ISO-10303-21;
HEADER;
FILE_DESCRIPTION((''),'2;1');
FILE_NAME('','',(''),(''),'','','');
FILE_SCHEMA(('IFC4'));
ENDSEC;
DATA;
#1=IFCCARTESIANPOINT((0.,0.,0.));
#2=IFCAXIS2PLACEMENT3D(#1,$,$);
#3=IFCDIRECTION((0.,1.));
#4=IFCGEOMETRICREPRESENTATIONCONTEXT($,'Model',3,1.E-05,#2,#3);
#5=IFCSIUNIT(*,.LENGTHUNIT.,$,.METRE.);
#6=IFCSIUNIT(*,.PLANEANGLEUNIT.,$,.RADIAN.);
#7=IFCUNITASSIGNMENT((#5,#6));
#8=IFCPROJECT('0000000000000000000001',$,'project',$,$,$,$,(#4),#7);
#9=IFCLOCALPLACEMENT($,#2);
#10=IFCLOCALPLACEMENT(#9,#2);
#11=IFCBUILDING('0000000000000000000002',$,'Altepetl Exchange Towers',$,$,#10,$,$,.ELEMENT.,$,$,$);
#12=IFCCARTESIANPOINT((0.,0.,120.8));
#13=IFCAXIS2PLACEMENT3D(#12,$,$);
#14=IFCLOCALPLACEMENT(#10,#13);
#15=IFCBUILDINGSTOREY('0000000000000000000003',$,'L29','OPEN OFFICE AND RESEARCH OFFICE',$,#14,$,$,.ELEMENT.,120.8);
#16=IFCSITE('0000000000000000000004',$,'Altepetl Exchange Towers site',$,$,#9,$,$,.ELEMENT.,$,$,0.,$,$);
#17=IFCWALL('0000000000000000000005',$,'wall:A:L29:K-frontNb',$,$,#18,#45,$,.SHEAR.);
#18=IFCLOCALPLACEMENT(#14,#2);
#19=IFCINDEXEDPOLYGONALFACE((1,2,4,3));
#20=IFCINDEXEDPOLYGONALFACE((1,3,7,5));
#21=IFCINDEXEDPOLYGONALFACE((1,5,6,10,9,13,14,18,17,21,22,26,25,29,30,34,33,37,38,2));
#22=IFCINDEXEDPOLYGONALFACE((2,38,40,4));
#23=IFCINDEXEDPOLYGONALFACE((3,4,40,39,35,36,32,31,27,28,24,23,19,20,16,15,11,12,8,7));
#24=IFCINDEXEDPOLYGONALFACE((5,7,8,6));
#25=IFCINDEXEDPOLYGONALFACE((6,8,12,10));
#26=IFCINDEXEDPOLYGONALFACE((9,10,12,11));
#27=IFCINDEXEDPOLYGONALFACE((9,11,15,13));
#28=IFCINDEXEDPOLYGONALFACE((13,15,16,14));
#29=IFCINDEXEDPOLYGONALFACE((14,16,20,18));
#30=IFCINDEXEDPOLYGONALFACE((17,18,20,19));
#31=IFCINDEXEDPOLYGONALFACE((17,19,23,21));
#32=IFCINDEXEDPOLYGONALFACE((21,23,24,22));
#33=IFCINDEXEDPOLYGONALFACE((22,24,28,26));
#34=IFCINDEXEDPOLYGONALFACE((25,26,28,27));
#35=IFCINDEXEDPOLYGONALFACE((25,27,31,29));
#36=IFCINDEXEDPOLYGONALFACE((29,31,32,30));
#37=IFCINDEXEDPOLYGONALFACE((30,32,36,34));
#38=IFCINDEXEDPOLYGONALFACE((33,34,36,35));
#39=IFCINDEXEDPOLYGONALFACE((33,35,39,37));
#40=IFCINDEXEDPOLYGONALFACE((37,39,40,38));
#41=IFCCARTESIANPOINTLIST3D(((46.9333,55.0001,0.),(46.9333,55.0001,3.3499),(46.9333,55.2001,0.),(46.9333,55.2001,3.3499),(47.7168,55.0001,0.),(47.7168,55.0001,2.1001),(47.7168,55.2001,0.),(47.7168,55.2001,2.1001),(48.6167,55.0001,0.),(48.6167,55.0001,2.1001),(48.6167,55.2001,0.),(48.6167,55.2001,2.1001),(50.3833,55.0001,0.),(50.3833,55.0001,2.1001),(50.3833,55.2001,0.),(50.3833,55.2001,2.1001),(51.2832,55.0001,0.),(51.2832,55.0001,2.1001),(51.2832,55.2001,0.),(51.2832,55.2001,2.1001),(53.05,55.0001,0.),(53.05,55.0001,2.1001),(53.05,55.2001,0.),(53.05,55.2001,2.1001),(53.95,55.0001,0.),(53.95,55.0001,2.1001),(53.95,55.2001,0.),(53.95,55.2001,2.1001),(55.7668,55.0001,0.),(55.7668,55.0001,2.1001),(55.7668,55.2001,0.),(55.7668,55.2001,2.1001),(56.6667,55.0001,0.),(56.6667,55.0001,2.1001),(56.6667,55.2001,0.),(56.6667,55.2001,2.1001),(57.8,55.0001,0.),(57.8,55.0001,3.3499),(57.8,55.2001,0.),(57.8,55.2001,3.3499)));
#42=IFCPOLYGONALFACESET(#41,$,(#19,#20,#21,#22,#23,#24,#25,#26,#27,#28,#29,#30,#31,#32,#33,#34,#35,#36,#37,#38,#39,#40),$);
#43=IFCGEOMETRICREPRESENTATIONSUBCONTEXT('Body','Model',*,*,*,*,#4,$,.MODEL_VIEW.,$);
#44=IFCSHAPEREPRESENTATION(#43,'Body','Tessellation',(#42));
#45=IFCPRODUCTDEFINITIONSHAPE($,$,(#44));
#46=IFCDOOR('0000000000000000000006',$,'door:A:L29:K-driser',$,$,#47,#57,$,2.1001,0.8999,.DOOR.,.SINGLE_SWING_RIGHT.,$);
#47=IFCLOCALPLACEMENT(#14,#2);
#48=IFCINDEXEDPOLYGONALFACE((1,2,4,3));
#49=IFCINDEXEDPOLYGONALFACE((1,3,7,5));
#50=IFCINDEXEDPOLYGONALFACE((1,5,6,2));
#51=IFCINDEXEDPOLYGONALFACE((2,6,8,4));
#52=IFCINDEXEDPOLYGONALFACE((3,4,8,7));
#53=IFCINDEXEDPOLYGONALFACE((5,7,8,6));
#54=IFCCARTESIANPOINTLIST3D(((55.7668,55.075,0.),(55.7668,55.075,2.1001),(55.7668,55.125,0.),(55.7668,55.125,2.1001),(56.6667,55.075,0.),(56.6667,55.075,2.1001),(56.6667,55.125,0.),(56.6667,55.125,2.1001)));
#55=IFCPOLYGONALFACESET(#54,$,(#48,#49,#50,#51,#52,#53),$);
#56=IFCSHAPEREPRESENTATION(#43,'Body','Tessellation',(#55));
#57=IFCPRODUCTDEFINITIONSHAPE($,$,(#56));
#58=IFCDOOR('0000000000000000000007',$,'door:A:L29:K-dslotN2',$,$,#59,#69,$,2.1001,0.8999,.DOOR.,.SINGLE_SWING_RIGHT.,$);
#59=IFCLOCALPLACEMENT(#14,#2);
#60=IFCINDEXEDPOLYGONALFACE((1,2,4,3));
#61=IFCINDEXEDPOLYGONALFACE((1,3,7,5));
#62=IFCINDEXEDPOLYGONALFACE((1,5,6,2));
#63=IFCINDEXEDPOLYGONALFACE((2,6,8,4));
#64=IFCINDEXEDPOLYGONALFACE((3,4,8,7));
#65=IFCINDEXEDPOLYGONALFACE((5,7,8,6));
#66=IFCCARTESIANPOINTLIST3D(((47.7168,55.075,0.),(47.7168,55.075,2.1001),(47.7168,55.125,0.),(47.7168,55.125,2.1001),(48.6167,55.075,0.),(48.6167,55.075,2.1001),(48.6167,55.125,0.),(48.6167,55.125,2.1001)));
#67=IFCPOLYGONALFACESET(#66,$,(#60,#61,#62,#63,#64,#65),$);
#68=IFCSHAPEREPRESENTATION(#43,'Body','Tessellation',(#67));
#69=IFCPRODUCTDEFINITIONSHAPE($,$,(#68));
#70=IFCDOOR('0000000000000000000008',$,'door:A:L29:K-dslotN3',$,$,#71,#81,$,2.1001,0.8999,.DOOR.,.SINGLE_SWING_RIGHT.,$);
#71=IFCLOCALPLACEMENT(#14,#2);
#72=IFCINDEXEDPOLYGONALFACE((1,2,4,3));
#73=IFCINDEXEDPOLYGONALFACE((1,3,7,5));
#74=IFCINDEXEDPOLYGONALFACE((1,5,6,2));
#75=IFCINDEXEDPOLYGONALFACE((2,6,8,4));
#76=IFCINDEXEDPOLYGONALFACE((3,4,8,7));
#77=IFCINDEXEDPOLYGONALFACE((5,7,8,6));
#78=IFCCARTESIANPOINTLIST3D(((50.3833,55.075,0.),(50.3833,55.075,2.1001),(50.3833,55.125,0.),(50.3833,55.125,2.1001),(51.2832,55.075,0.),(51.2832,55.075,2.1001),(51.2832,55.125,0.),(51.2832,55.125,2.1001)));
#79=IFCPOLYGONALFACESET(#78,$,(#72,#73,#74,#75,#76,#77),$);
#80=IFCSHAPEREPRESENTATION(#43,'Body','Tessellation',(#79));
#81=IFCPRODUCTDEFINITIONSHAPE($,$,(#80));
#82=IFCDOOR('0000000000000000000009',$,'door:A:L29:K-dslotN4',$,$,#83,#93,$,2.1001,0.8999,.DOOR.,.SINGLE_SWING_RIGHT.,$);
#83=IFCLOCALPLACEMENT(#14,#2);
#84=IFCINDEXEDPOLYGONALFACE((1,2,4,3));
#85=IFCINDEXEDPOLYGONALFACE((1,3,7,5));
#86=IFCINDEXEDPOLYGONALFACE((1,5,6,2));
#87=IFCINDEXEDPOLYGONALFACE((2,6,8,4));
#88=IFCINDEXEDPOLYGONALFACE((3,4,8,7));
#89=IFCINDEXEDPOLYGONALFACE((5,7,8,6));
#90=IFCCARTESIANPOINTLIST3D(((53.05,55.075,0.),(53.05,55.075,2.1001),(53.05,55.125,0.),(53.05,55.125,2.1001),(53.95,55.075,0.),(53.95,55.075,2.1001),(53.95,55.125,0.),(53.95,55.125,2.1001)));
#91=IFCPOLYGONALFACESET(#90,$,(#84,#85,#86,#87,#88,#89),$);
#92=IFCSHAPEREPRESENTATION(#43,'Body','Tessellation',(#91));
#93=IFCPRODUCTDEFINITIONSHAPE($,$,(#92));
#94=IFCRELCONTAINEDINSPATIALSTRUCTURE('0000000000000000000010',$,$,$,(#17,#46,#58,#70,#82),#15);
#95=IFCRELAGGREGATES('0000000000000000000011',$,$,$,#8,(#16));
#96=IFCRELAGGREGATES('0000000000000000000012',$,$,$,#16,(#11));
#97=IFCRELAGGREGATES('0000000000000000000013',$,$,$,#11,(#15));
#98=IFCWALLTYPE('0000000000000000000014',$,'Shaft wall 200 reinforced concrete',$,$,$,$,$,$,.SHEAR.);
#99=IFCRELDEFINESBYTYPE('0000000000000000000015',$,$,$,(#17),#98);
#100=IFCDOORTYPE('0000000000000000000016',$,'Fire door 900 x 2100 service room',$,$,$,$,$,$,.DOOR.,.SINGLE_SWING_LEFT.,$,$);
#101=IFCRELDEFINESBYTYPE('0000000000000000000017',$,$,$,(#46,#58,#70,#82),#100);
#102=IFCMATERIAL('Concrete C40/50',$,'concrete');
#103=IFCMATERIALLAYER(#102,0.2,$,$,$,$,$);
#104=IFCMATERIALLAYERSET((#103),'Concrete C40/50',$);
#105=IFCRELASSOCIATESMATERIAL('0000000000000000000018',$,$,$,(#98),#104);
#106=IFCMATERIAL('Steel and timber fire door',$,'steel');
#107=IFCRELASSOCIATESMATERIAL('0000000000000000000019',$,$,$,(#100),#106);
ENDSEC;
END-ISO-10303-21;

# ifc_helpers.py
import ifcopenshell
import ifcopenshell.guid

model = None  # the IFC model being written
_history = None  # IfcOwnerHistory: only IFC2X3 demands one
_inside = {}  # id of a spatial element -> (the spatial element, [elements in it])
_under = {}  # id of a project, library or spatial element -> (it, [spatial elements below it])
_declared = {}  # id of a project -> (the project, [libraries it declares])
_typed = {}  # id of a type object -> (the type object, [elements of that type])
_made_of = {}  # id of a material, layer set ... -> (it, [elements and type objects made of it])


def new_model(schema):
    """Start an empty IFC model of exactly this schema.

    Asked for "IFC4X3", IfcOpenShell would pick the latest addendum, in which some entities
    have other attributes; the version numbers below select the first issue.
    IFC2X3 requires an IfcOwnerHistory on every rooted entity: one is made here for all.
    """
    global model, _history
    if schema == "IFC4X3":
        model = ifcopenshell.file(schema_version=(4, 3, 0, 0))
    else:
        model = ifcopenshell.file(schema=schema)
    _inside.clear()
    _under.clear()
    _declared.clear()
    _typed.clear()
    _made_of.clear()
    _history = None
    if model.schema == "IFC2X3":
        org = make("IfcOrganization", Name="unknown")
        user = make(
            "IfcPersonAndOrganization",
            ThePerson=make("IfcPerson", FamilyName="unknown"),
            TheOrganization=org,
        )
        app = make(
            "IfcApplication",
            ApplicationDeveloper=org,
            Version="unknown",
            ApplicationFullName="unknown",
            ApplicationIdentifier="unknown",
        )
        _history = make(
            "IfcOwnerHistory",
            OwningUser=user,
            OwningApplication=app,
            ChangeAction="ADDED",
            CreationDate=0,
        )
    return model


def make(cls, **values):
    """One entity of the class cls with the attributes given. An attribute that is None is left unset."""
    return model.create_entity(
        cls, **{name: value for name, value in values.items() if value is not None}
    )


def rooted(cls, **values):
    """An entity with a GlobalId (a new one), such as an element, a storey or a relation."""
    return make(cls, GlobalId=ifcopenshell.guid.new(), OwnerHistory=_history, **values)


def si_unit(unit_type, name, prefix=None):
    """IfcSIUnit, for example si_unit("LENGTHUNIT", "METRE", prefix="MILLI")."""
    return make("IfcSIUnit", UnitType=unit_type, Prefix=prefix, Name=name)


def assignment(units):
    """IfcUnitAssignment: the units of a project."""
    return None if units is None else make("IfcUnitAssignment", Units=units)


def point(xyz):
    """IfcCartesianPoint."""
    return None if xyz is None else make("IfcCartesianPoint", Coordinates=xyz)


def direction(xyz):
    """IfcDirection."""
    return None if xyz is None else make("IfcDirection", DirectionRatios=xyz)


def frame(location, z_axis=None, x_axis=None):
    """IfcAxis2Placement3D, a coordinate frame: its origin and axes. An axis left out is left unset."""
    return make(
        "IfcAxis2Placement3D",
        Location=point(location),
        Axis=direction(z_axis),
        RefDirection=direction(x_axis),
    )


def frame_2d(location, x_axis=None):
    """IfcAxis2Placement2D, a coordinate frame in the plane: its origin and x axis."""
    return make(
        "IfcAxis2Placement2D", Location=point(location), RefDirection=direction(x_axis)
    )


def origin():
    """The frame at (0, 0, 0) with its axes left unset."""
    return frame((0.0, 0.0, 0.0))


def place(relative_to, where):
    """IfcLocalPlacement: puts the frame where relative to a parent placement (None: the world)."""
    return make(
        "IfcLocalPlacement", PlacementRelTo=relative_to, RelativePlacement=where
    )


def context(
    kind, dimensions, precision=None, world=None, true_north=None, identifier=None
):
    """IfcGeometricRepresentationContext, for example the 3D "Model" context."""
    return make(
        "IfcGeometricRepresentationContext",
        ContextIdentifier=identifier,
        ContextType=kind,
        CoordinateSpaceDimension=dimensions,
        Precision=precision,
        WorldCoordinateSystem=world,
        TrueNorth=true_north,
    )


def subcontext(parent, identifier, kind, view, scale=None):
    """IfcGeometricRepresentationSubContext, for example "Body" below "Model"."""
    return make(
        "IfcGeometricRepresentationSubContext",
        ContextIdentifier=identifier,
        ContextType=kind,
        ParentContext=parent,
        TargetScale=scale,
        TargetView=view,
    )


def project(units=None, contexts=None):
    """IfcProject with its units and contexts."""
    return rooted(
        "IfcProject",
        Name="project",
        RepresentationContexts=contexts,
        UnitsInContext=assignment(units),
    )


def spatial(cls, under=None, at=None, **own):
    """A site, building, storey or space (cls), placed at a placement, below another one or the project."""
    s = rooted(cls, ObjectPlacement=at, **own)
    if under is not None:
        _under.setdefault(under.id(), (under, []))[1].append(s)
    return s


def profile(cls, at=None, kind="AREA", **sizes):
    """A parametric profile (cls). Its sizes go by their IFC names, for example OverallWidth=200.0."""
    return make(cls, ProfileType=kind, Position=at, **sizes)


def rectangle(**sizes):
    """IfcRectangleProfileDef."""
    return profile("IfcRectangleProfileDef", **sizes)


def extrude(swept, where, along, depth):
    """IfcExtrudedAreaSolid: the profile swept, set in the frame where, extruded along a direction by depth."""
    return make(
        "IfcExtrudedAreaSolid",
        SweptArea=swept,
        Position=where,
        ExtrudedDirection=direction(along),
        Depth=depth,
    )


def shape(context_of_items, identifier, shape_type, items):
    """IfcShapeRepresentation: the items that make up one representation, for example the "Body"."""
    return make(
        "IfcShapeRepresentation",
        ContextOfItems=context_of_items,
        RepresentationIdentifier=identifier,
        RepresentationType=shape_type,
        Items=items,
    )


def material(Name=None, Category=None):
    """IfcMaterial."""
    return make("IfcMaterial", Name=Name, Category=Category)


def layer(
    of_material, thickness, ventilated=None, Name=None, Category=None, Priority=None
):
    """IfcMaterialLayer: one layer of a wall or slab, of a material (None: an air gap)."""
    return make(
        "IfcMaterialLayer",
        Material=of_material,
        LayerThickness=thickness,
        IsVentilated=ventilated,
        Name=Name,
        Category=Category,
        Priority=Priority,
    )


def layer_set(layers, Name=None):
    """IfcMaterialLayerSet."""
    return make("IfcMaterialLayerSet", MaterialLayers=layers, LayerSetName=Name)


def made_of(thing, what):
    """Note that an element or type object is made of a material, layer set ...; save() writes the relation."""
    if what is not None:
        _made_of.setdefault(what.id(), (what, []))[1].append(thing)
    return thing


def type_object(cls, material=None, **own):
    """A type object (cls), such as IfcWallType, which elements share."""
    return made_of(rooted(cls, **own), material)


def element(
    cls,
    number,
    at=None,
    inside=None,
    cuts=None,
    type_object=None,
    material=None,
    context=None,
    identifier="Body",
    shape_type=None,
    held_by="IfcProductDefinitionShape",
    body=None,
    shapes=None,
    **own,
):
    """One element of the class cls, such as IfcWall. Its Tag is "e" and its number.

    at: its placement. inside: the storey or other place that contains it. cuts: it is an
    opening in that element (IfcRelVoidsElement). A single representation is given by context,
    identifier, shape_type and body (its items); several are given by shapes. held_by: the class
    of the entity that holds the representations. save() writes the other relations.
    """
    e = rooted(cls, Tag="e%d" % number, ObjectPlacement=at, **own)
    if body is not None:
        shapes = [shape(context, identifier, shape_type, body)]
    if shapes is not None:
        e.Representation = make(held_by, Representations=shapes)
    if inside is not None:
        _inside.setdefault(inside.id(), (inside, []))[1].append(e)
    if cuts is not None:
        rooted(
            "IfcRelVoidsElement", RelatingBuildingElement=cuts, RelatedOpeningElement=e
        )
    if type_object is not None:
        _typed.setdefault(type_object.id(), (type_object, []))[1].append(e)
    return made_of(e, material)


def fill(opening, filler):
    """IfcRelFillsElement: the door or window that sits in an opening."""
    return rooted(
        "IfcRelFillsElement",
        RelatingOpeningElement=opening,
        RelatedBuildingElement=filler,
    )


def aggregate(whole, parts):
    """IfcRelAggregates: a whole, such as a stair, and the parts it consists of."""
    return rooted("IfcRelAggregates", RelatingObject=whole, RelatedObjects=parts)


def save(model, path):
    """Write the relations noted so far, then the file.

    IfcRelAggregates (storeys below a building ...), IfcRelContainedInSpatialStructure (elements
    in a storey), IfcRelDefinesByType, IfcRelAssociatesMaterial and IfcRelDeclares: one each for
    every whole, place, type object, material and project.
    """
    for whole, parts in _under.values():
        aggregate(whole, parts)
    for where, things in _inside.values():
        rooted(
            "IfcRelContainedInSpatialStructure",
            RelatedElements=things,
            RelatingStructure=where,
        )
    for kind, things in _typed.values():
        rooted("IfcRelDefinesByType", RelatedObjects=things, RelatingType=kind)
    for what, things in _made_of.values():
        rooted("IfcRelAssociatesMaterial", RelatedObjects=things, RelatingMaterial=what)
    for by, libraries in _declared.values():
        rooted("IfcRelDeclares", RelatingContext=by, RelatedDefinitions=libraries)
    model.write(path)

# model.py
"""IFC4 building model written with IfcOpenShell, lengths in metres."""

from ifc_helpers import new_model, si_unit, direction, frame, frame_2d, origin, place, context, subcontext, project, spatial, rectangle, extrude, material, layer, layer_set, type_object, element, fill, save


model = new_model("IFC4")

# Units and contexts
model_context = context("Model", 3, precision=1e-05, world=origin(), true_north=direction((0.0, 1.0)))
body_context = subcontext(model_context, "Body", "Model", "MODEL_VIEW")
ifc_project = project(units=[si_unit("LENGTHUNIT", "METRE"), si_unit("PLANEANGLEUNIT", "RADIAN")], contexts=[model_context])

# Site, building, storey
site_placement = place(None, origin())
site = spatial("IfcSite", under=ifc_project, at=site_placement, Name="Altepetl Exchange Towers site", CompositionType="ELEMENT", RefElevation=0.0)
building_placement = place(site_placement, origin())
building = spatial("IfcBuilding", under=site, at=building_placement, Name="Altepetl Exchange Towers", CompositionType="ELEMENT")
storey_placement = place(building_placement, frame((0.0, 0.0, 120.8)))
storey = spatial("IfcBuildingStorey", under=building, at=storey_placement, Name="L29", Description="OPEN OFFICE AND RESEARCH OFFICE", CompositionType="ELEMENT", Elevation=120.8)

# Shared definitions
ifc_material_1 = material(Name="Steel and timber fire door", Category="steel")

# Shared definitions
ifc_material_2 = material(Name="Concrete C40/50", Category="concrete")
ifc_layer_1 = layer(ifc_material_2, 0.2)
ifc_layer_set_1 = layer_set([ifc_layer_1], Name="Concrete C40/50")
wall_type_1 = type_object("IfcWallType", Name="Shaft wall 200 reinforced concrete", PredefinedType="SHEAR", material=ifc_layer_set_1)

# Wall, openings, doors
wall_1_placement = place(storey_placement, frame((46.9333, 55.1001, 0.0)))
wall_1 = element("IfcWall", 1, at=wall_1_placement, inside=storey, type_object=wall_type_1, Name="wall:A:L29:K-frontNb", PredefinedType="SHEAR", context=body_context, shape_type="SweptSolid", body=[
    extrude(rectangle(XDim=10.8667, YDim=0.2, at=frame_2d((5.4333, 0.0))), origin(), (0.0, 0.0, 1.0), 3.3499),
])
opening_1_placement = place(wall_1_placement, frame((8.8335, 0.0, 0.0)))
opening_1 = element("IfcOpeningElement", 2, at=opening_1_placement, cuts=wall_1, PredefinedType="OPENING", context=body_context, shape_type="SweptSolid", body=[
    extrude(rectangle(XDim=0.8999, YDim=2.1001, at=frame_2d((0.45, 1.05))), frame((0.0, 0.1099, 0.0), z_axis=(0.0, -1.0, 0.0), x_axis=(1.0, 0.0, 0.0)), (0.0, 0.0, 1.0), 0.22),
])
opening_2_placement = place(wall_1_placement, frame((0.7834, 0.0, 0.0)))
opening_2 = element("IfcOpeningElement", 3, at=opening_2_placement, cuts=wall_1, PredefinedType="OPENING", context=body_context, shape_type="SweptSolid", body=[
    extrude(rectangle(XDim=0.8999, YDim=2.1001, at=frame_2d((0.45, 1.05))), frame((0.0, 0.1099, 0.0), z_axis=(0.0, -1.0, 0.0), x_axis=(1.0, 0.0, 0.0)), (0.0, 0.0, 1.0), 0.22),
])
opening_3_placement = place(wall_1_placement, frame((3.45, 0.0, 0.0)))
opening_3 = element("IfcOpeningElement", 4, at=opening_3_placement, cuts=wall_1, PredefinedType="OPENING", context=body_context, shape_type="SweptSolid", body=[
    extrude(rectangle(XDim=0.8999, YDim=2.1001, at=frame_2d((0.45, 1.05))), frame((0.0, 0.1099, 0.0), z_axis=(0.0, -1.0, 0.0), x_axis=(1.0, 0.0, 0.0)), (0.0, 0.0, 1.0), 0.22),
])
opening_4_placement = place(wall_1_placement, frame((6.1167, 0.0, 0.0)))
opening_4 = element("IfcOpeningElement", 5, at=opening_4_placement, cuts=wall_1, PredefinedType="OPENING", context=body_context, shape_type="SweptSolid", body=[
    extrude(rectangle(XDim=0.8999, YDim=2.1001, at=frame_2d((0.45, 1.05))), frame((0.0, 0.1099, 0.0), z_axis=(0.0, -1.0, 0.0), x_axis=(1.0, 0.0, 0.0)), (0.0, 0.0, 1.0), 0.22),
])
door_type_1 = type_object("IfcDoorType", Name="Fire door 900 x 2100 service room", OperationType="SINGLE_SWING_LEFT", PredefinedType="DOOR", material=ifc_material_1)
door_1_placement = place(opening_1_placement, origin())
door_1 = element("IfcDoor", 6, at=door_1_placement, inside=storey, type_object=door_type_1, Name="door:A:L29:K-driser", OperationType="SINGLE_SWING_RIGHT", OverallHeight=2.1001, OverallWidth=0.8999, PredefinedType="DOOR", context=body_context, shape_type="SweptSolid", body=[
    extrude(rectangle(XDim=0.8999, YDim=2.1001, at=frame_2d((0.45, 1.05))), frame((0.0, 0.0249, 0.0), z_axis=(0.0, -1.0, 0.0), x_axis=(1.0, 0.0, 0.0)), (0.0, 0.0, 1.0), 0.05),
])
fill(opening_1, door_1)
door_2_placement = place(opening_2_placement, origin())
door_2 = element("IfcDoor", 7, at=door_2_placement, inside=storey, type_object=door_type_1, Name="door:A:L29:K-dslotN2", OperationType="SINGLE_SWING_RIGHT", OverallHeight=2.1001, OverallWidth=0.8999, PredefinedType="DOOR", context=body_context, shape_type="SweptSolid", body=[
    extrude(rectangle(XDim=0.8999, YDim=2.1001, at=frame_2d((0.45, 1.05))), frame((0.0, 0.0249, 0.0), z_axis=(0.0, -1.0, 0.0), x_axis=(1.0, 0.0, 0.0)), (0.0, 0.0, 1.0), 0.05),
])
fill(opening_2, door_2)
door_3_placement = place(opening_3_placement, origin())
door_3 = element("IfcDoor", 8, at=door_3_placement, inside=storey, type_object=door_type_1, Name="door:A:L29:K-dslotN3", OperationType="SINGLE_SWING_RIGHT", OverallHeight=2.1001, OverallWidth=0.8999, PredefinedType="DOOR", context=body_context, shape_type="SweptSolid", body=[
    extrude(rectangle(XDim=0.8999, YDim=2.1001, at=frame_2d((0.45, 1.05))), frame((0.0, 0.0249, 0.0), z_axis=(0.0, -1.0, 0.0), x_axis=(1.0, 0.0, 0.0)), (0.0, 0.0, 1.0), 0.05),
])
fill(opening_3, door_3)
door_4_placement = place(opening_4_placement, origin())
door_4 = element("IfcDoor", 9, at=door_4_placement, inside=storey, type_object=door_type_1, Name="door:A:L29:K-dslotN4", OperationType="SINGLE_SWING_RIGHT", OverallHeight=2.1001, OverallWidth=0.8999, PredefinedType="DOOR", context=body_context, shape_type="SweptSolid", body=[
    extrude(rectangle(XDim=0.8999, YDim=2.1001, at=frame_2d((0.45, 1.05))), frame((0.0, 0.0249, 0.0), z_axis=(0.0, -1.0, 0.0), x_axis=(1.0, 0.0, 0.0)), (0.0, 0.0, 1.0), 0.05),
])
fill(opening_4, door_4)

save(model, "model.ifc")
